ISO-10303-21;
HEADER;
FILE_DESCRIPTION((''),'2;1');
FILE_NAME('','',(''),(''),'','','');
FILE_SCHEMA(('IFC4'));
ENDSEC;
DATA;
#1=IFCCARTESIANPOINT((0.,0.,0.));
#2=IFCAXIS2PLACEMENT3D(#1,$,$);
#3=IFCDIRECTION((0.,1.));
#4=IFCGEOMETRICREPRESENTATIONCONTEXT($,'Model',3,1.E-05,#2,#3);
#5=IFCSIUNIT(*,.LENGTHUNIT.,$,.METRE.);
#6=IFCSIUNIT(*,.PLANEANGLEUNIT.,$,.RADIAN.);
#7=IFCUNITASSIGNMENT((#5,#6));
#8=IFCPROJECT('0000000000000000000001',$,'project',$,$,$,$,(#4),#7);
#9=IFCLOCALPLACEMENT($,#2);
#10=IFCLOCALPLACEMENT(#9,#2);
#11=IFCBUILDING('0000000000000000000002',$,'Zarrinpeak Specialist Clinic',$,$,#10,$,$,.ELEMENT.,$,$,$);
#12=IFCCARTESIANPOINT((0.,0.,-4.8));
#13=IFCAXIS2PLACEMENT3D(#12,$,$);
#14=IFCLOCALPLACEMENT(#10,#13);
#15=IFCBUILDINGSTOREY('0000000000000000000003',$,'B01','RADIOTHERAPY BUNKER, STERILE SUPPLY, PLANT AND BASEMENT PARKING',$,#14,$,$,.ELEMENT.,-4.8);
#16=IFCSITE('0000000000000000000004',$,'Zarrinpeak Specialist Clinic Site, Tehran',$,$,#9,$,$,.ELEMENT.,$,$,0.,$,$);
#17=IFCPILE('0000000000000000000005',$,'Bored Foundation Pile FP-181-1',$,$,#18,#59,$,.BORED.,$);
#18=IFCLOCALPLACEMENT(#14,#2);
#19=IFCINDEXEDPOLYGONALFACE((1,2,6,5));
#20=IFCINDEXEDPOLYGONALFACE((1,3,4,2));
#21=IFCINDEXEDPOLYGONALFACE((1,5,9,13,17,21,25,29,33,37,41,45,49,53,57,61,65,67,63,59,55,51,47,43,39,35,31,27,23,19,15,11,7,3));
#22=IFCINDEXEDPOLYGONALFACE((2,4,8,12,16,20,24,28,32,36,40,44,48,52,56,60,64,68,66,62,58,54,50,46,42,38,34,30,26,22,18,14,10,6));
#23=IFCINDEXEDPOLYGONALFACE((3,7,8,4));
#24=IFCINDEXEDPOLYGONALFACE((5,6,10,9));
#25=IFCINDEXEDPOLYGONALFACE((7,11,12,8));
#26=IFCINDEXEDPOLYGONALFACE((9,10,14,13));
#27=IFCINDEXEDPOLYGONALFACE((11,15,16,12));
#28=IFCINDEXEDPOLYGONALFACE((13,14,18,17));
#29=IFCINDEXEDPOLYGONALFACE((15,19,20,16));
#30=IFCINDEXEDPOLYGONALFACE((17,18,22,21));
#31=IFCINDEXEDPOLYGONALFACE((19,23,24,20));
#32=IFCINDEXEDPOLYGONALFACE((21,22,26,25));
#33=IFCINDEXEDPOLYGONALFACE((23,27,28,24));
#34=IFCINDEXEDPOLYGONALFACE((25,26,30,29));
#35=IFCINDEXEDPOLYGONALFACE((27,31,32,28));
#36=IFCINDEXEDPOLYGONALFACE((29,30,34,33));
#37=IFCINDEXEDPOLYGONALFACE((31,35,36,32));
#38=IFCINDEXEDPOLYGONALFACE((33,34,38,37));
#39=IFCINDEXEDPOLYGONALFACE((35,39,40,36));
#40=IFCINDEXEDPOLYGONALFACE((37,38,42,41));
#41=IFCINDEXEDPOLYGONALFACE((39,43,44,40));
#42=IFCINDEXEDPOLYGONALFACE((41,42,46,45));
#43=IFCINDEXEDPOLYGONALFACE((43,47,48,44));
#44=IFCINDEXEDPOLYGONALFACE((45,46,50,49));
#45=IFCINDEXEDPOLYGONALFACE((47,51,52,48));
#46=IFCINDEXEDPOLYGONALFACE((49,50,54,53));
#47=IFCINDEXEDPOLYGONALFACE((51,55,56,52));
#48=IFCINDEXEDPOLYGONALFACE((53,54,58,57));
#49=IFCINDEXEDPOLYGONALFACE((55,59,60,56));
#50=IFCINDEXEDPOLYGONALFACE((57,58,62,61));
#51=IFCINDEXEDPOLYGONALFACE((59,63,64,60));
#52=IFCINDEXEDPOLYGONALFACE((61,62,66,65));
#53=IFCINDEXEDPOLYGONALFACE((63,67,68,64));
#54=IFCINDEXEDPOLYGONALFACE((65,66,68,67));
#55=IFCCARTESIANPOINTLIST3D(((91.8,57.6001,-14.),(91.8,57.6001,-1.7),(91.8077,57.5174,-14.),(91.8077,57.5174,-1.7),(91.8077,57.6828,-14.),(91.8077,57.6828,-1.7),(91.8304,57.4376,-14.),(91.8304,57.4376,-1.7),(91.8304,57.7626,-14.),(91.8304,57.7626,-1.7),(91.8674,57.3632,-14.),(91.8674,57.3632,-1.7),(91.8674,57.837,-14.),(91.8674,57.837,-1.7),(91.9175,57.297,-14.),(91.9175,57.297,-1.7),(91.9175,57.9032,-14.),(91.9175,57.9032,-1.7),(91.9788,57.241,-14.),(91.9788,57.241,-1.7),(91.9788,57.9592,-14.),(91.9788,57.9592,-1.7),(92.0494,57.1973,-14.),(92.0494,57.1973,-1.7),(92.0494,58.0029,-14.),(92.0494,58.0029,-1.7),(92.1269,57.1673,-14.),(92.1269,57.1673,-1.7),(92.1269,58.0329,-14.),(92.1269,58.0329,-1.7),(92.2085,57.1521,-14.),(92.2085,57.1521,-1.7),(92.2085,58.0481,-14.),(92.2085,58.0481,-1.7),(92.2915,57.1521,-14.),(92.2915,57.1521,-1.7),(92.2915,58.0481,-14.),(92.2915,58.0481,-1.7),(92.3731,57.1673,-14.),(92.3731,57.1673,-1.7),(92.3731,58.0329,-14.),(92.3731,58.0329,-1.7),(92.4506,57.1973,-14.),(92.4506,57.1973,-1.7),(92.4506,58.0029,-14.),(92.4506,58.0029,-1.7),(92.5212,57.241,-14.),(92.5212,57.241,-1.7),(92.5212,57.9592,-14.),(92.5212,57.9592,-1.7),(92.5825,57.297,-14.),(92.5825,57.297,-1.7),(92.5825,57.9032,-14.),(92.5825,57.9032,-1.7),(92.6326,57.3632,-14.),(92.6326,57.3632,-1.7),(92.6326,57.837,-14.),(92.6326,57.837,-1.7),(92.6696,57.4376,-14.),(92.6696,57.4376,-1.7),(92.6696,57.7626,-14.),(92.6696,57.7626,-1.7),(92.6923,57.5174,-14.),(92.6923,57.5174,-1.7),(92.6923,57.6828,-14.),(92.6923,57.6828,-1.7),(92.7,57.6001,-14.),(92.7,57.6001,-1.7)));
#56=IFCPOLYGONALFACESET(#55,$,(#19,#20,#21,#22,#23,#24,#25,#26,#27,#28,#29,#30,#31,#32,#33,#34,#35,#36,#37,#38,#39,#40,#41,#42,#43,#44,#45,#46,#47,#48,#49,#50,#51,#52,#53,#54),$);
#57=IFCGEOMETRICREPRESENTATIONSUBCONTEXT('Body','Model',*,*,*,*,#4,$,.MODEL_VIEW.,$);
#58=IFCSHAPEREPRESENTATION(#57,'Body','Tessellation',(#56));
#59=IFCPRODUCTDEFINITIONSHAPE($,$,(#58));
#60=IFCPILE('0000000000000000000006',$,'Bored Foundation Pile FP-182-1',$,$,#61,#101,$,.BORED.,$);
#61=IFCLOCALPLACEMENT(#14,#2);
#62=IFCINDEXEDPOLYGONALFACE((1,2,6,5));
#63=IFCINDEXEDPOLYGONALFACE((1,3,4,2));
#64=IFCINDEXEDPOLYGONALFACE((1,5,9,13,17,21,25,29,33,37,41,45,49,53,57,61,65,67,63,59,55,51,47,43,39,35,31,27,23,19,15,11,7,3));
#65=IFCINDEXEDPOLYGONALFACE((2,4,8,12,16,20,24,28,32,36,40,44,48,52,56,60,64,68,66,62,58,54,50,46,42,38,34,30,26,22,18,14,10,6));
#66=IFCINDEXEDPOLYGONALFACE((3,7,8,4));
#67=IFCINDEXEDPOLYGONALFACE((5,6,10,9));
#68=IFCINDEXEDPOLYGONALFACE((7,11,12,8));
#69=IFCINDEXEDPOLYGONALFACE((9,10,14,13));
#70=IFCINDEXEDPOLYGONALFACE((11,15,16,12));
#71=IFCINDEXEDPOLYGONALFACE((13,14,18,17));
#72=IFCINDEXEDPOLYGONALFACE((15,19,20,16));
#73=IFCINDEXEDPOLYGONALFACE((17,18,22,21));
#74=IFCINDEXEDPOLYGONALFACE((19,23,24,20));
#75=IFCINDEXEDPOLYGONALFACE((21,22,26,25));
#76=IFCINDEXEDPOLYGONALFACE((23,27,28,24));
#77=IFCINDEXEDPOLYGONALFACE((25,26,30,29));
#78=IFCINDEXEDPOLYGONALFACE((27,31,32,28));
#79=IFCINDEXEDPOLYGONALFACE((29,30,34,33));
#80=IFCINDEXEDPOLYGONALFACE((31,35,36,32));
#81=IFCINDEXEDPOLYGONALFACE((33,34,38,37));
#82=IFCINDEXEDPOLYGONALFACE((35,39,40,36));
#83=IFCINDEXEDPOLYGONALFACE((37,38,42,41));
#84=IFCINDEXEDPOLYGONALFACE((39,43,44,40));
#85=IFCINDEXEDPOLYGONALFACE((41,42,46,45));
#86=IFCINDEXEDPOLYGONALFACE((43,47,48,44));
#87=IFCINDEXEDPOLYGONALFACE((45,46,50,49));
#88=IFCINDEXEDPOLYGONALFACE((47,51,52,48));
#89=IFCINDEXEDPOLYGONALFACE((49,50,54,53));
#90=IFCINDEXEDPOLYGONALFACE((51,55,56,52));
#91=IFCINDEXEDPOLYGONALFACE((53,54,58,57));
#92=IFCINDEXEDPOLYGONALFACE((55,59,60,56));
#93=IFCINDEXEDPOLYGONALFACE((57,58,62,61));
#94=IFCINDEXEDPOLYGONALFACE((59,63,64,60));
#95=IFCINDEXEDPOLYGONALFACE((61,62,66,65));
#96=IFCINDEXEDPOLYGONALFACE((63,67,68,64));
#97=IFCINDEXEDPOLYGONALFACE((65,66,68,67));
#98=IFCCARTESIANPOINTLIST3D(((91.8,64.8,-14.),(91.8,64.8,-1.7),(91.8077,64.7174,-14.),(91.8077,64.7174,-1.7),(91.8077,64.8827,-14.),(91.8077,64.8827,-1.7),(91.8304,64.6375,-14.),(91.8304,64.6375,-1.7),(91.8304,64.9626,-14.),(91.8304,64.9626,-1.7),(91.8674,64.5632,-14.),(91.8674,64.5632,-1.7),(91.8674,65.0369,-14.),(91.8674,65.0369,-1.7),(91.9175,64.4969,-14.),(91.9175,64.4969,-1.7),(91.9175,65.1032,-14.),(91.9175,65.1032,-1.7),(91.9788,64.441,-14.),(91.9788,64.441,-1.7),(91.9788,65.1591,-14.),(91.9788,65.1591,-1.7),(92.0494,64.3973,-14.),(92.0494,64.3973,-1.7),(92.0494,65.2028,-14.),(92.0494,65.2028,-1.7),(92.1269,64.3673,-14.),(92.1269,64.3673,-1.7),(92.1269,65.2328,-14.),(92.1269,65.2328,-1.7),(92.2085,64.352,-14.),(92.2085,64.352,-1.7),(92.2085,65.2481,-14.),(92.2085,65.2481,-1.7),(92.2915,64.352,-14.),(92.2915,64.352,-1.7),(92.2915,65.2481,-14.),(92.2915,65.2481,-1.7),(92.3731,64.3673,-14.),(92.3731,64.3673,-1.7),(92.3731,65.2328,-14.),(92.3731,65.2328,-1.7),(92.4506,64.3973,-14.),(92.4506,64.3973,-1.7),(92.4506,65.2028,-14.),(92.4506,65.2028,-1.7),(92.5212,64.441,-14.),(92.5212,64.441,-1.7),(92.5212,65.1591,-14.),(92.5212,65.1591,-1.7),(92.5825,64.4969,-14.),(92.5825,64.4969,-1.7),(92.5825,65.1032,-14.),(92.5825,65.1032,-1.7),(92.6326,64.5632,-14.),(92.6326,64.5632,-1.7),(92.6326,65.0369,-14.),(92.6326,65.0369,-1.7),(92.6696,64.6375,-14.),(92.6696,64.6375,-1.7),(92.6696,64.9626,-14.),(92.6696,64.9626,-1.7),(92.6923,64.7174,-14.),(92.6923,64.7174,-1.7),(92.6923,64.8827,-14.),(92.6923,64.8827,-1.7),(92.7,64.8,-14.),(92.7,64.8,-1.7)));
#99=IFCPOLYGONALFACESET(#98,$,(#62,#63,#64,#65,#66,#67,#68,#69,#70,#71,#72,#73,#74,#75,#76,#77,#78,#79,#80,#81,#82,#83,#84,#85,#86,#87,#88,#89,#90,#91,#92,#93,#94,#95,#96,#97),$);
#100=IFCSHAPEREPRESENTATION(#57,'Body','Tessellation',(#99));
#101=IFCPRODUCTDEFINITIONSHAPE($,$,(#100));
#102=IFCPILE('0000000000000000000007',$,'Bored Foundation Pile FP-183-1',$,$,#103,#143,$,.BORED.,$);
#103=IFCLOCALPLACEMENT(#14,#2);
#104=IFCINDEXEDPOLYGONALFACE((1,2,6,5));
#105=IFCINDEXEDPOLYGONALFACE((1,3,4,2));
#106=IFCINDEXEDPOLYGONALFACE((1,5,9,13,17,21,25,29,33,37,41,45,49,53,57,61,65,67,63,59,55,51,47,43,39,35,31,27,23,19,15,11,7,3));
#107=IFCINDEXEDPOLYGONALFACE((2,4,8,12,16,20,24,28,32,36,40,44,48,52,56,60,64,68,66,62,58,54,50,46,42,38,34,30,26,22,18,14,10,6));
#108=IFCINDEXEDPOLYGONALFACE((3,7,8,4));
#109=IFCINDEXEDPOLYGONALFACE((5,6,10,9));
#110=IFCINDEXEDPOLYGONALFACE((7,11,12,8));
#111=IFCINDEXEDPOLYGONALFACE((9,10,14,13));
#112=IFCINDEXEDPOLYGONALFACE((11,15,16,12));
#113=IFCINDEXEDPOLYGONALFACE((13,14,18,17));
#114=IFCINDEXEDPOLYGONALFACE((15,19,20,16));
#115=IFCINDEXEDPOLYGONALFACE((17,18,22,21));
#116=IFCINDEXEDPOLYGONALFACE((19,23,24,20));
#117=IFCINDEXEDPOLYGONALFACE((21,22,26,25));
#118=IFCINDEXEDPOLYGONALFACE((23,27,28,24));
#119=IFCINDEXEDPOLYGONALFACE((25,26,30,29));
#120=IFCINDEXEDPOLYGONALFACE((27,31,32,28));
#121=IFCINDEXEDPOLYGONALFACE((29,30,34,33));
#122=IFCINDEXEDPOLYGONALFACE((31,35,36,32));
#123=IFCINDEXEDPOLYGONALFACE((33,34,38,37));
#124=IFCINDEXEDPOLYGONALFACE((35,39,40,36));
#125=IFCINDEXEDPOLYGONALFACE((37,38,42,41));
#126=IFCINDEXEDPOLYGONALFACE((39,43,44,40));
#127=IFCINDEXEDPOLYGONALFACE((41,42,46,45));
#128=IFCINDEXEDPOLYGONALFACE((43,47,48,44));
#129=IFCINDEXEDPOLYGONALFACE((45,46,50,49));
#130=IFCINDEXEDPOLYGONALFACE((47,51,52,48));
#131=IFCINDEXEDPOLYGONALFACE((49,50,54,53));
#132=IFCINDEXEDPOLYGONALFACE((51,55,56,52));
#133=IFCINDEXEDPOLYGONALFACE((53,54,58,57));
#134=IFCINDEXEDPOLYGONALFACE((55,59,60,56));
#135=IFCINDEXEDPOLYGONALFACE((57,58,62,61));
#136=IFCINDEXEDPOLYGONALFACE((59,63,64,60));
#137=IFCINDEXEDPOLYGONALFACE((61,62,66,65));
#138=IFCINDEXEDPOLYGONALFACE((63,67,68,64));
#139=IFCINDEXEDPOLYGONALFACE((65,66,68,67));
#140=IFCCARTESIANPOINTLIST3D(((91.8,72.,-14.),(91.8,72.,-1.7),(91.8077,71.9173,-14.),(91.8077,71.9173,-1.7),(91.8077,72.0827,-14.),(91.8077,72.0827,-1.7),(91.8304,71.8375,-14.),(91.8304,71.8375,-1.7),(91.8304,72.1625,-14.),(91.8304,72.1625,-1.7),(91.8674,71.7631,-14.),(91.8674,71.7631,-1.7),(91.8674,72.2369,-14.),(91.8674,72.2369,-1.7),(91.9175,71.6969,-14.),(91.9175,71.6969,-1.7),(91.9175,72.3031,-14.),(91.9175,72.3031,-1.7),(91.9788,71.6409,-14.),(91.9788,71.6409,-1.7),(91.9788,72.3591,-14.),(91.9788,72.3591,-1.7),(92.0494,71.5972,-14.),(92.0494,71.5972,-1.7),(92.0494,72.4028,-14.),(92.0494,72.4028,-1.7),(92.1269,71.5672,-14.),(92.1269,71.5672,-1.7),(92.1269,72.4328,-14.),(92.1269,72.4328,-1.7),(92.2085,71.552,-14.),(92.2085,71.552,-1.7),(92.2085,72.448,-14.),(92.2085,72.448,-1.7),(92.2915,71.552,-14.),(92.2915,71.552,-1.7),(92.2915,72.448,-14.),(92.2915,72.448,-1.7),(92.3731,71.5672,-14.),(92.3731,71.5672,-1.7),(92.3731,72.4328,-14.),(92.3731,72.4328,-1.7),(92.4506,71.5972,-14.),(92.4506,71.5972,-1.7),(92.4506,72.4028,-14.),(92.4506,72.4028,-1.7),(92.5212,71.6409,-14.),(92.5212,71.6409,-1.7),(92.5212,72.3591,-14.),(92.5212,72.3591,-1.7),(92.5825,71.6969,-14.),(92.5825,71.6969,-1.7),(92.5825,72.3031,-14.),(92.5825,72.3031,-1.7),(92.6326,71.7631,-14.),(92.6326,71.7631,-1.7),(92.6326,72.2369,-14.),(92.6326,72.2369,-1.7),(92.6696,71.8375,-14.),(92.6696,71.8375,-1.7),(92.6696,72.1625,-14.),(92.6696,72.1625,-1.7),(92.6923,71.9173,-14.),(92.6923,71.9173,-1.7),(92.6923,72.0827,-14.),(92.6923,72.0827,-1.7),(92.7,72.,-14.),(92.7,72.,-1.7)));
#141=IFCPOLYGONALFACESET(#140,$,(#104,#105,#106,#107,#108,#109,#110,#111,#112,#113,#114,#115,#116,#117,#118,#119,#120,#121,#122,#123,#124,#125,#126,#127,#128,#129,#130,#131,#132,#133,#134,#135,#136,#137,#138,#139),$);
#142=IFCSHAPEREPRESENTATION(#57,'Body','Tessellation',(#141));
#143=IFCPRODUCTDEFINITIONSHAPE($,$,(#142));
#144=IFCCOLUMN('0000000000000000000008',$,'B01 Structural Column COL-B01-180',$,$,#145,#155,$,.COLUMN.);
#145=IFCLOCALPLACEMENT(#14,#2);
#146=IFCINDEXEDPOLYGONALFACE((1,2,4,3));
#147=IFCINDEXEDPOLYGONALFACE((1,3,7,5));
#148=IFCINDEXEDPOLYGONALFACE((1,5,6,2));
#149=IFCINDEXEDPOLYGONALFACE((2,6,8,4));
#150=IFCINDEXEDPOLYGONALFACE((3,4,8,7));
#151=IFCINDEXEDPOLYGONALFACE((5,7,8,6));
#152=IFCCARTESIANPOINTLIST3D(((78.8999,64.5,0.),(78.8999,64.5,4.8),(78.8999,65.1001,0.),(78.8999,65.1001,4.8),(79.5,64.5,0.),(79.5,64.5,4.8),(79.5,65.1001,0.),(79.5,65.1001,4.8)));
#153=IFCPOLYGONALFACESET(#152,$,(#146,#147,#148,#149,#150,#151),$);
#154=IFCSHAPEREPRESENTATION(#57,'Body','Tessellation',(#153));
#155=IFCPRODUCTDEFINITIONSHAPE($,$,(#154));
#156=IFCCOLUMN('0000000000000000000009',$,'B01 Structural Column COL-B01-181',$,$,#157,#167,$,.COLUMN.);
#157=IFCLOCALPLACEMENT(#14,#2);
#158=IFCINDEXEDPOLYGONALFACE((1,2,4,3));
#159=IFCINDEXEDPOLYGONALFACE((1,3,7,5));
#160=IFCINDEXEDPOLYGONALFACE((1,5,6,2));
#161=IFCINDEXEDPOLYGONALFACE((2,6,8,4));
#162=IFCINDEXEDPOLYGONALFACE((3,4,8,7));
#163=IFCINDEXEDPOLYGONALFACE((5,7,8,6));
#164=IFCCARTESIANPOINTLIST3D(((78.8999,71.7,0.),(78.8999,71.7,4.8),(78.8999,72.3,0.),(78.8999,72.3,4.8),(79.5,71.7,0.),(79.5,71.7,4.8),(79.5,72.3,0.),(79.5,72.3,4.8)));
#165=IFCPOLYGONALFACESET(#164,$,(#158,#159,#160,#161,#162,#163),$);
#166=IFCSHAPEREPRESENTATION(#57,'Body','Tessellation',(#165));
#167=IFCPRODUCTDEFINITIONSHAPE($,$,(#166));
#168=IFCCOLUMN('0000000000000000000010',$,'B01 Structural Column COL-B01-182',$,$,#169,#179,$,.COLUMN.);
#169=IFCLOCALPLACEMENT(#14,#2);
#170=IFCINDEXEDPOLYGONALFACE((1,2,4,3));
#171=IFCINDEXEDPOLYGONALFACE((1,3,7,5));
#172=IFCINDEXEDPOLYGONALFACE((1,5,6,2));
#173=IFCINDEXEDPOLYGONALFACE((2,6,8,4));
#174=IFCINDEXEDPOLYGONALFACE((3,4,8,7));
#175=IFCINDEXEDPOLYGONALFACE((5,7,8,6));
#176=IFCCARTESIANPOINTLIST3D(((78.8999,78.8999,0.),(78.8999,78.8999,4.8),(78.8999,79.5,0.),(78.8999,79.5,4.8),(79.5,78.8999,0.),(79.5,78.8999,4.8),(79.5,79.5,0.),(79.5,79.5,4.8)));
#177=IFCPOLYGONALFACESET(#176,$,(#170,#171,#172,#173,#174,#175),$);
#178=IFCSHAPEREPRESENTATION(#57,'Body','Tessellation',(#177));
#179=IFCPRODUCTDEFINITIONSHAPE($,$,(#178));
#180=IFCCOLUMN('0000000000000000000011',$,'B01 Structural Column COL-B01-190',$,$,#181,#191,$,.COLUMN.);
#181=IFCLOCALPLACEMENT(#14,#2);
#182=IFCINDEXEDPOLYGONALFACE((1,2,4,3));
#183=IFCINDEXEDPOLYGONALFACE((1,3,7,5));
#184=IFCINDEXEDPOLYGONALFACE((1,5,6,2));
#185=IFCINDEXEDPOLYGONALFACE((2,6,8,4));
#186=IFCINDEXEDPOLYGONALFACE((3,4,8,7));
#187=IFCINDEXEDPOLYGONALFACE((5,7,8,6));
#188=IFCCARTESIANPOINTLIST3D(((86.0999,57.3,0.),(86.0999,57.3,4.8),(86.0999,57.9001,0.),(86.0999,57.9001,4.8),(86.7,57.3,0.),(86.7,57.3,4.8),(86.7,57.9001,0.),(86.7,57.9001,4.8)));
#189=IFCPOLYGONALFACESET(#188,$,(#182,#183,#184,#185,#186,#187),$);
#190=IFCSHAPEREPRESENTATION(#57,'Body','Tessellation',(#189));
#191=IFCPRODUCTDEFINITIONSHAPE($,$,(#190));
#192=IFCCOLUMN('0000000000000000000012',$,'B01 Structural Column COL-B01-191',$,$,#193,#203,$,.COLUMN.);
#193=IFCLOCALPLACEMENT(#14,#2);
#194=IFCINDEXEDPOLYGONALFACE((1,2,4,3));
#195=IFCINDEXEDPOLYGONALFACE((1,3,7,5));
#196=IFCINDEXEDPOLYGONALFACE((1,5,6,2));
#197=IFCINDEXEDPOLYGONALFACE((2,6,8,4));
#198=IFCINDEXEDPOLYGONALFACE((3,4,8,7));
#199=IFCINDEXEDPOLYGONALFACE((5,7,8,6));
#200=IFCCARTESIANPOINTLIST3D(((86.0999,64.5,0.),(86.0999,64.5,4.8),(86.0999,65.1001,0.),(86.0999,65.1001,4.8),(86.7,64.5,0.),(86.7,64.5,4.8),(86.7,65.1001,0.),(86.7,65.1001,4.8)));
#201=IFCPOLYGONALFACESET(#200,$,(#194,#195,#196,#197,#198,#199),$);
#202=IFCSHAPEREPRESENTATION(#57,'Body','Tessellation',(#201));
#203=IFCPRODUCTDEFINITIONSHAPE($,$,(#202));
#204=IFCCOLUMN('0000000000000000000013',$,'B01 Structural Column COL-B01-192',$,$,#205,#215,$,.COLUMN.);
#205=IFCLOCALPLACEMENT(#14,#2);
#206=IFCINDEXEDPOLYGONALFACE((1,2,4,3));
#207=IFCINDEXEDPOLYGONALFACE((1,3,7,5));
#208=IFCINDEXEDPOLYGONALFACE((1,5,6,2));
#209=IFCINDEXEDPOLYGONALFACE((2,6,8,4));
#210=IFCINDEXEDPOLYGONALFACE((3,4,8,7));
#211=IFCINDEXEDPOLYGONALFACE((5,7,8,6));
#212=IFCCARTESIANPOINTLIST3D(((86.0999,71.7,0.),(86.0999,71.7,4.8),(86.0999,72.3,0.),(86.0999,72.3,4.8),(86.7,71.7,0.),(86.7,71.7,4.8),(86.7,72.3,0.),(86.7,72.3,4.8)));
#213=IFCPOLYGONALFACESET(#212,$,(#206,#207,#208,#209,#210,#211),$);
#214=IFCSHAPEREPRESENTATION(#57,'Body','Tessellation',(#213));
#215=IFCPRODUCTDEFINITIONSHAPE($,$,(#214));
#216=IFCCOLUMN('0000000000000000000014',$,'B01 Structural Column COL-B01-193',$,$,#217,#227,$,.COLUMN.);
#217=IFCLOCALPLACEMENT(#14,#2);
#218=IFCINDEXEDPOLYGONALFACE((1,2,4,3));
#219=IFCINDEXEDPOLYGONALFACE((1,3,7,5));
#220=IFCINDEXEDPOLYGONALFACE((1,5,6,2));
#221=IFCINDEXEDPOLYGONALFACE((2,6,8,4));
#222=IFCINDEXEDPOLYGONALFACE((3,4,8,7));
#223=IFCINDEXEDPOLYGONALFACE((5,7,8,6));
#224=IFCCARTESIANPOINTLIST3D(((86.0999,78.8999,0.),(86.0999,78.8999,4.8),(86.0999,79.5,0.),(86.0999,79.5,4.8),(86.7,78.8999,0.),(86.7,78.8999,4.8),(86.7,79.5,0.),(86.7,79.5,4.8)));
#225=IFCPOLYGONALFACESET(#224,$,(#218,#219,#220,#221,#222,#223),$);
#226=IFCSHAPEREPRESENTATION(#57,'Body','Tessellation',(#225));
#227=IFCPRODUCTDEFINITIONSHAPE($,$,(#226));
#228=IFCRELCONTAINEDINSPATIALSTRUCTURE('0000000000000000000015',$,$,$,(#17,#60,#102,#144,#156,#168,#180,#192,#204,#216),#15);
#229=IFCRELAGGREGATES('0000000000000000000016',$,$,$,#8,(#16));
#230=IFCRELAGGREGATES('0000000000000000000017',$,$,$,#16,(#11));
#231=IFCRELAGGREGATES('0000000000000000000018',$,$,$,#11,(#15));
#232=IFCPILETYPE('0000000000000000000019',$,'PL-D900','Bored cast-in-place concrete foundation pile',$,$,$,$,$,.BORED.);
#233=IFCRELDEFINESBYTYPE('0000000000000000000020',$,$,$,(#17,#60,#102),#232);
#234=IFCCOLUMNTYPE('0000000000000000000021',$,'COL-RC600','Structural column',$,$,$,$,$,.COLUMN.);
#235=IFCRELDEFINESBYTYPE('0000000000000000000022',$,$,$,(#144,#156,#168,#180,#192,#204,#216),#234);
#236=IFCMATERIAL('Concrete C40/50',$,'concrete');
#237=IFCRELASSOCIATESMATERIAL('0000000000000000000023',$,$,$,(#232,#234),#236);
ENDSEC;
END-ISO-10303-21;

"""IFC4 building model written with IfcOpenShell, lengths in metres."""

from ifc_helpers import new_model, si_unit, direction, frame, origin, origin_2d, place, context, subcontext, project, spatial, rectangle, circle, extrude, material, material_profile, profile_set, type_object, element, save


model = new_model("IFC4")

# Units and contexts
model_context = context("Model", 3, precision=1e-05, world=origin(), true_north=direction((0.0, 1.0)))
body_context = subcontext(model_context, "Body", "Model", "MODEL_VIEW")
ifc_project = project(units=[si_unit("LENGTHUNIT", "METRE"), si_unit("PLANEANGLEUNIT", "RADIAN")], contexts=[model_context])

# Site, building, storey
site_placement = place(None, origin())
site = spatial("IfcSite", under=ifc_project, at=site_placement, Name="Zarrinpeak Specialist Clinic Site, Tehran", CompositionType="ELEMENT", RefElevation=0.0)
building_placement = place(site_placement, origin())
building = spatial("IfcBuilding", under=site, at=building_placement, Name="Zarrinpeak Specialist Clinic", CompositionType="ELEMENT")
storey_placement = place(building_placement, frame((0.0, 0.0, -4.8)))
storey = spatial("IfcBuildingStorey", under=building, at=storey_placement, Name="B01", Description="RADIOTHERAPY BUNKER, STERILE SUPPLY, PLANT AND BASEMENT PARKING", CompositionType="ELEMENT", Elevation=-4.8)

# Shared definitions
ifc_material = material(Name="Concrete C40/50", Category="concrete")

# Piles
ifc_material_profile_1 = material_profile(ifc_material, circle(Radius=0.45, at=origin_2d()), Name="BORED PILE D900")
ifc_profile_set_1 = profile_set([ifc_material_profile_1], Name="Concrete C40/50")
pile_type = type_object("IfcPileType", Name="PL-D900", Description="Bored cast-in-place concrete foundation pile", PredefinedType="BORED", material=ifc_profile_set_1)
for number, where, z_axis, x_axis, name in (
    (1, (92.25, 57.6001, -1.7), (0.0, 0.0, -1.0), (1.0, 0.0, 0.0), "Bored Foundation Pile FP-181-1"),
    (2, (92.25, 64.8, -1.7), (0.0, 0.0, -1.0), (1.0, 0.0, 0.0), "Bored Foundation Pile FP-182-1"),
    (3, (92.25, 72.0, -1.7), (0.0, 0.0, -1.0), (1.0, 0.0, 0.0), "Bored Foundation Pile FP-183-1"),
):
    element("IfcPile", number, at=place(storey_placement, frame(where, z_axis=z_axis, x_axis=x_axis)), inside=storey, type_object=pile_type, Name=name, PredefinedType="BORED", context=body_context, shape_type="SweptSolid", body=[
        extrude(circle(Radius=0.45, at=origin_2d()), origin(), (0.0, 0.0, 1.0), 12.3),
    ])

# Columns
ifc_material_profile_2 = material_profile(ifc_material, rectangle(XDim=0.6001, YDim=0.6001, at=origin_2d()), Name="RC 600x600")
ifc_profile_set_2 = profile_set([ifc_material_profile_2], Name="Concrete C40/50")
column_type = type_object("IfcColumnType", Name="COL-RC600", Description="Structural column", PredefinedType="COLUMN", material=ifc_profile_set_2)
for number, where, z_axis, x_axis, name in (
    (4, (79.2, 64.8, 0.0), (0.0, 0.0, 1.0), (1.0, 0.0, 0.0), "B01 Structural Column COL-B01-180"),
    (5, (79.2, 72.0, 0.0), (0.0, 0.0, 1.0), (1.0, 0.0, 0.0), "B01 Structural Column COL-B01-181"),
    (6, (79.2, 79.2, 0.0), (0.0, 0.0, 1.0), (1.0, 0.0, 0.0), "B01 Structural Column COL-B01-182"),
    (7, (86.3999, 57.6001, 0.0), (0.0, 0.0, 1.0), (1.0, 0.0, 0.0), "B01 Structural Column COL-B01-190"),
    (8, (86.3999, 64.8, 0.0), (0.0, 0.0, 1.0), (1.0, 0.0, 0.0), "B01 Structural Column COL-B01-191"),
    (9, (86.3999, 72.0, 0.0), (0.0, 0.0, 1.0), (1.0, 0.0, 0.0), "B01 Structural Column COL-B01-192"),
    (10, (86.3999, 79.2, 0.0), (0.0, 0.0, 1.0), (1.0, 0.0, 0.0), "B01 Structural Column COL-B01-193"),
):
    element("IfcColumn", number, at=place(storey_placement, frame(where, z_axis=z_axis, x_axis=x_axis)), inside=storey, type_object=column_type, Name=name, PredefinedType="COLUMN", context=body_context, shape_type="SweptSolid", body=[
        extrude(rectangle(XDim=0.6001, YDim=0.6001, at=origin_2d()), origin(), (0.0, 0.0, 1.0), 4.8),
    ])

save(model, "model.ifc")
